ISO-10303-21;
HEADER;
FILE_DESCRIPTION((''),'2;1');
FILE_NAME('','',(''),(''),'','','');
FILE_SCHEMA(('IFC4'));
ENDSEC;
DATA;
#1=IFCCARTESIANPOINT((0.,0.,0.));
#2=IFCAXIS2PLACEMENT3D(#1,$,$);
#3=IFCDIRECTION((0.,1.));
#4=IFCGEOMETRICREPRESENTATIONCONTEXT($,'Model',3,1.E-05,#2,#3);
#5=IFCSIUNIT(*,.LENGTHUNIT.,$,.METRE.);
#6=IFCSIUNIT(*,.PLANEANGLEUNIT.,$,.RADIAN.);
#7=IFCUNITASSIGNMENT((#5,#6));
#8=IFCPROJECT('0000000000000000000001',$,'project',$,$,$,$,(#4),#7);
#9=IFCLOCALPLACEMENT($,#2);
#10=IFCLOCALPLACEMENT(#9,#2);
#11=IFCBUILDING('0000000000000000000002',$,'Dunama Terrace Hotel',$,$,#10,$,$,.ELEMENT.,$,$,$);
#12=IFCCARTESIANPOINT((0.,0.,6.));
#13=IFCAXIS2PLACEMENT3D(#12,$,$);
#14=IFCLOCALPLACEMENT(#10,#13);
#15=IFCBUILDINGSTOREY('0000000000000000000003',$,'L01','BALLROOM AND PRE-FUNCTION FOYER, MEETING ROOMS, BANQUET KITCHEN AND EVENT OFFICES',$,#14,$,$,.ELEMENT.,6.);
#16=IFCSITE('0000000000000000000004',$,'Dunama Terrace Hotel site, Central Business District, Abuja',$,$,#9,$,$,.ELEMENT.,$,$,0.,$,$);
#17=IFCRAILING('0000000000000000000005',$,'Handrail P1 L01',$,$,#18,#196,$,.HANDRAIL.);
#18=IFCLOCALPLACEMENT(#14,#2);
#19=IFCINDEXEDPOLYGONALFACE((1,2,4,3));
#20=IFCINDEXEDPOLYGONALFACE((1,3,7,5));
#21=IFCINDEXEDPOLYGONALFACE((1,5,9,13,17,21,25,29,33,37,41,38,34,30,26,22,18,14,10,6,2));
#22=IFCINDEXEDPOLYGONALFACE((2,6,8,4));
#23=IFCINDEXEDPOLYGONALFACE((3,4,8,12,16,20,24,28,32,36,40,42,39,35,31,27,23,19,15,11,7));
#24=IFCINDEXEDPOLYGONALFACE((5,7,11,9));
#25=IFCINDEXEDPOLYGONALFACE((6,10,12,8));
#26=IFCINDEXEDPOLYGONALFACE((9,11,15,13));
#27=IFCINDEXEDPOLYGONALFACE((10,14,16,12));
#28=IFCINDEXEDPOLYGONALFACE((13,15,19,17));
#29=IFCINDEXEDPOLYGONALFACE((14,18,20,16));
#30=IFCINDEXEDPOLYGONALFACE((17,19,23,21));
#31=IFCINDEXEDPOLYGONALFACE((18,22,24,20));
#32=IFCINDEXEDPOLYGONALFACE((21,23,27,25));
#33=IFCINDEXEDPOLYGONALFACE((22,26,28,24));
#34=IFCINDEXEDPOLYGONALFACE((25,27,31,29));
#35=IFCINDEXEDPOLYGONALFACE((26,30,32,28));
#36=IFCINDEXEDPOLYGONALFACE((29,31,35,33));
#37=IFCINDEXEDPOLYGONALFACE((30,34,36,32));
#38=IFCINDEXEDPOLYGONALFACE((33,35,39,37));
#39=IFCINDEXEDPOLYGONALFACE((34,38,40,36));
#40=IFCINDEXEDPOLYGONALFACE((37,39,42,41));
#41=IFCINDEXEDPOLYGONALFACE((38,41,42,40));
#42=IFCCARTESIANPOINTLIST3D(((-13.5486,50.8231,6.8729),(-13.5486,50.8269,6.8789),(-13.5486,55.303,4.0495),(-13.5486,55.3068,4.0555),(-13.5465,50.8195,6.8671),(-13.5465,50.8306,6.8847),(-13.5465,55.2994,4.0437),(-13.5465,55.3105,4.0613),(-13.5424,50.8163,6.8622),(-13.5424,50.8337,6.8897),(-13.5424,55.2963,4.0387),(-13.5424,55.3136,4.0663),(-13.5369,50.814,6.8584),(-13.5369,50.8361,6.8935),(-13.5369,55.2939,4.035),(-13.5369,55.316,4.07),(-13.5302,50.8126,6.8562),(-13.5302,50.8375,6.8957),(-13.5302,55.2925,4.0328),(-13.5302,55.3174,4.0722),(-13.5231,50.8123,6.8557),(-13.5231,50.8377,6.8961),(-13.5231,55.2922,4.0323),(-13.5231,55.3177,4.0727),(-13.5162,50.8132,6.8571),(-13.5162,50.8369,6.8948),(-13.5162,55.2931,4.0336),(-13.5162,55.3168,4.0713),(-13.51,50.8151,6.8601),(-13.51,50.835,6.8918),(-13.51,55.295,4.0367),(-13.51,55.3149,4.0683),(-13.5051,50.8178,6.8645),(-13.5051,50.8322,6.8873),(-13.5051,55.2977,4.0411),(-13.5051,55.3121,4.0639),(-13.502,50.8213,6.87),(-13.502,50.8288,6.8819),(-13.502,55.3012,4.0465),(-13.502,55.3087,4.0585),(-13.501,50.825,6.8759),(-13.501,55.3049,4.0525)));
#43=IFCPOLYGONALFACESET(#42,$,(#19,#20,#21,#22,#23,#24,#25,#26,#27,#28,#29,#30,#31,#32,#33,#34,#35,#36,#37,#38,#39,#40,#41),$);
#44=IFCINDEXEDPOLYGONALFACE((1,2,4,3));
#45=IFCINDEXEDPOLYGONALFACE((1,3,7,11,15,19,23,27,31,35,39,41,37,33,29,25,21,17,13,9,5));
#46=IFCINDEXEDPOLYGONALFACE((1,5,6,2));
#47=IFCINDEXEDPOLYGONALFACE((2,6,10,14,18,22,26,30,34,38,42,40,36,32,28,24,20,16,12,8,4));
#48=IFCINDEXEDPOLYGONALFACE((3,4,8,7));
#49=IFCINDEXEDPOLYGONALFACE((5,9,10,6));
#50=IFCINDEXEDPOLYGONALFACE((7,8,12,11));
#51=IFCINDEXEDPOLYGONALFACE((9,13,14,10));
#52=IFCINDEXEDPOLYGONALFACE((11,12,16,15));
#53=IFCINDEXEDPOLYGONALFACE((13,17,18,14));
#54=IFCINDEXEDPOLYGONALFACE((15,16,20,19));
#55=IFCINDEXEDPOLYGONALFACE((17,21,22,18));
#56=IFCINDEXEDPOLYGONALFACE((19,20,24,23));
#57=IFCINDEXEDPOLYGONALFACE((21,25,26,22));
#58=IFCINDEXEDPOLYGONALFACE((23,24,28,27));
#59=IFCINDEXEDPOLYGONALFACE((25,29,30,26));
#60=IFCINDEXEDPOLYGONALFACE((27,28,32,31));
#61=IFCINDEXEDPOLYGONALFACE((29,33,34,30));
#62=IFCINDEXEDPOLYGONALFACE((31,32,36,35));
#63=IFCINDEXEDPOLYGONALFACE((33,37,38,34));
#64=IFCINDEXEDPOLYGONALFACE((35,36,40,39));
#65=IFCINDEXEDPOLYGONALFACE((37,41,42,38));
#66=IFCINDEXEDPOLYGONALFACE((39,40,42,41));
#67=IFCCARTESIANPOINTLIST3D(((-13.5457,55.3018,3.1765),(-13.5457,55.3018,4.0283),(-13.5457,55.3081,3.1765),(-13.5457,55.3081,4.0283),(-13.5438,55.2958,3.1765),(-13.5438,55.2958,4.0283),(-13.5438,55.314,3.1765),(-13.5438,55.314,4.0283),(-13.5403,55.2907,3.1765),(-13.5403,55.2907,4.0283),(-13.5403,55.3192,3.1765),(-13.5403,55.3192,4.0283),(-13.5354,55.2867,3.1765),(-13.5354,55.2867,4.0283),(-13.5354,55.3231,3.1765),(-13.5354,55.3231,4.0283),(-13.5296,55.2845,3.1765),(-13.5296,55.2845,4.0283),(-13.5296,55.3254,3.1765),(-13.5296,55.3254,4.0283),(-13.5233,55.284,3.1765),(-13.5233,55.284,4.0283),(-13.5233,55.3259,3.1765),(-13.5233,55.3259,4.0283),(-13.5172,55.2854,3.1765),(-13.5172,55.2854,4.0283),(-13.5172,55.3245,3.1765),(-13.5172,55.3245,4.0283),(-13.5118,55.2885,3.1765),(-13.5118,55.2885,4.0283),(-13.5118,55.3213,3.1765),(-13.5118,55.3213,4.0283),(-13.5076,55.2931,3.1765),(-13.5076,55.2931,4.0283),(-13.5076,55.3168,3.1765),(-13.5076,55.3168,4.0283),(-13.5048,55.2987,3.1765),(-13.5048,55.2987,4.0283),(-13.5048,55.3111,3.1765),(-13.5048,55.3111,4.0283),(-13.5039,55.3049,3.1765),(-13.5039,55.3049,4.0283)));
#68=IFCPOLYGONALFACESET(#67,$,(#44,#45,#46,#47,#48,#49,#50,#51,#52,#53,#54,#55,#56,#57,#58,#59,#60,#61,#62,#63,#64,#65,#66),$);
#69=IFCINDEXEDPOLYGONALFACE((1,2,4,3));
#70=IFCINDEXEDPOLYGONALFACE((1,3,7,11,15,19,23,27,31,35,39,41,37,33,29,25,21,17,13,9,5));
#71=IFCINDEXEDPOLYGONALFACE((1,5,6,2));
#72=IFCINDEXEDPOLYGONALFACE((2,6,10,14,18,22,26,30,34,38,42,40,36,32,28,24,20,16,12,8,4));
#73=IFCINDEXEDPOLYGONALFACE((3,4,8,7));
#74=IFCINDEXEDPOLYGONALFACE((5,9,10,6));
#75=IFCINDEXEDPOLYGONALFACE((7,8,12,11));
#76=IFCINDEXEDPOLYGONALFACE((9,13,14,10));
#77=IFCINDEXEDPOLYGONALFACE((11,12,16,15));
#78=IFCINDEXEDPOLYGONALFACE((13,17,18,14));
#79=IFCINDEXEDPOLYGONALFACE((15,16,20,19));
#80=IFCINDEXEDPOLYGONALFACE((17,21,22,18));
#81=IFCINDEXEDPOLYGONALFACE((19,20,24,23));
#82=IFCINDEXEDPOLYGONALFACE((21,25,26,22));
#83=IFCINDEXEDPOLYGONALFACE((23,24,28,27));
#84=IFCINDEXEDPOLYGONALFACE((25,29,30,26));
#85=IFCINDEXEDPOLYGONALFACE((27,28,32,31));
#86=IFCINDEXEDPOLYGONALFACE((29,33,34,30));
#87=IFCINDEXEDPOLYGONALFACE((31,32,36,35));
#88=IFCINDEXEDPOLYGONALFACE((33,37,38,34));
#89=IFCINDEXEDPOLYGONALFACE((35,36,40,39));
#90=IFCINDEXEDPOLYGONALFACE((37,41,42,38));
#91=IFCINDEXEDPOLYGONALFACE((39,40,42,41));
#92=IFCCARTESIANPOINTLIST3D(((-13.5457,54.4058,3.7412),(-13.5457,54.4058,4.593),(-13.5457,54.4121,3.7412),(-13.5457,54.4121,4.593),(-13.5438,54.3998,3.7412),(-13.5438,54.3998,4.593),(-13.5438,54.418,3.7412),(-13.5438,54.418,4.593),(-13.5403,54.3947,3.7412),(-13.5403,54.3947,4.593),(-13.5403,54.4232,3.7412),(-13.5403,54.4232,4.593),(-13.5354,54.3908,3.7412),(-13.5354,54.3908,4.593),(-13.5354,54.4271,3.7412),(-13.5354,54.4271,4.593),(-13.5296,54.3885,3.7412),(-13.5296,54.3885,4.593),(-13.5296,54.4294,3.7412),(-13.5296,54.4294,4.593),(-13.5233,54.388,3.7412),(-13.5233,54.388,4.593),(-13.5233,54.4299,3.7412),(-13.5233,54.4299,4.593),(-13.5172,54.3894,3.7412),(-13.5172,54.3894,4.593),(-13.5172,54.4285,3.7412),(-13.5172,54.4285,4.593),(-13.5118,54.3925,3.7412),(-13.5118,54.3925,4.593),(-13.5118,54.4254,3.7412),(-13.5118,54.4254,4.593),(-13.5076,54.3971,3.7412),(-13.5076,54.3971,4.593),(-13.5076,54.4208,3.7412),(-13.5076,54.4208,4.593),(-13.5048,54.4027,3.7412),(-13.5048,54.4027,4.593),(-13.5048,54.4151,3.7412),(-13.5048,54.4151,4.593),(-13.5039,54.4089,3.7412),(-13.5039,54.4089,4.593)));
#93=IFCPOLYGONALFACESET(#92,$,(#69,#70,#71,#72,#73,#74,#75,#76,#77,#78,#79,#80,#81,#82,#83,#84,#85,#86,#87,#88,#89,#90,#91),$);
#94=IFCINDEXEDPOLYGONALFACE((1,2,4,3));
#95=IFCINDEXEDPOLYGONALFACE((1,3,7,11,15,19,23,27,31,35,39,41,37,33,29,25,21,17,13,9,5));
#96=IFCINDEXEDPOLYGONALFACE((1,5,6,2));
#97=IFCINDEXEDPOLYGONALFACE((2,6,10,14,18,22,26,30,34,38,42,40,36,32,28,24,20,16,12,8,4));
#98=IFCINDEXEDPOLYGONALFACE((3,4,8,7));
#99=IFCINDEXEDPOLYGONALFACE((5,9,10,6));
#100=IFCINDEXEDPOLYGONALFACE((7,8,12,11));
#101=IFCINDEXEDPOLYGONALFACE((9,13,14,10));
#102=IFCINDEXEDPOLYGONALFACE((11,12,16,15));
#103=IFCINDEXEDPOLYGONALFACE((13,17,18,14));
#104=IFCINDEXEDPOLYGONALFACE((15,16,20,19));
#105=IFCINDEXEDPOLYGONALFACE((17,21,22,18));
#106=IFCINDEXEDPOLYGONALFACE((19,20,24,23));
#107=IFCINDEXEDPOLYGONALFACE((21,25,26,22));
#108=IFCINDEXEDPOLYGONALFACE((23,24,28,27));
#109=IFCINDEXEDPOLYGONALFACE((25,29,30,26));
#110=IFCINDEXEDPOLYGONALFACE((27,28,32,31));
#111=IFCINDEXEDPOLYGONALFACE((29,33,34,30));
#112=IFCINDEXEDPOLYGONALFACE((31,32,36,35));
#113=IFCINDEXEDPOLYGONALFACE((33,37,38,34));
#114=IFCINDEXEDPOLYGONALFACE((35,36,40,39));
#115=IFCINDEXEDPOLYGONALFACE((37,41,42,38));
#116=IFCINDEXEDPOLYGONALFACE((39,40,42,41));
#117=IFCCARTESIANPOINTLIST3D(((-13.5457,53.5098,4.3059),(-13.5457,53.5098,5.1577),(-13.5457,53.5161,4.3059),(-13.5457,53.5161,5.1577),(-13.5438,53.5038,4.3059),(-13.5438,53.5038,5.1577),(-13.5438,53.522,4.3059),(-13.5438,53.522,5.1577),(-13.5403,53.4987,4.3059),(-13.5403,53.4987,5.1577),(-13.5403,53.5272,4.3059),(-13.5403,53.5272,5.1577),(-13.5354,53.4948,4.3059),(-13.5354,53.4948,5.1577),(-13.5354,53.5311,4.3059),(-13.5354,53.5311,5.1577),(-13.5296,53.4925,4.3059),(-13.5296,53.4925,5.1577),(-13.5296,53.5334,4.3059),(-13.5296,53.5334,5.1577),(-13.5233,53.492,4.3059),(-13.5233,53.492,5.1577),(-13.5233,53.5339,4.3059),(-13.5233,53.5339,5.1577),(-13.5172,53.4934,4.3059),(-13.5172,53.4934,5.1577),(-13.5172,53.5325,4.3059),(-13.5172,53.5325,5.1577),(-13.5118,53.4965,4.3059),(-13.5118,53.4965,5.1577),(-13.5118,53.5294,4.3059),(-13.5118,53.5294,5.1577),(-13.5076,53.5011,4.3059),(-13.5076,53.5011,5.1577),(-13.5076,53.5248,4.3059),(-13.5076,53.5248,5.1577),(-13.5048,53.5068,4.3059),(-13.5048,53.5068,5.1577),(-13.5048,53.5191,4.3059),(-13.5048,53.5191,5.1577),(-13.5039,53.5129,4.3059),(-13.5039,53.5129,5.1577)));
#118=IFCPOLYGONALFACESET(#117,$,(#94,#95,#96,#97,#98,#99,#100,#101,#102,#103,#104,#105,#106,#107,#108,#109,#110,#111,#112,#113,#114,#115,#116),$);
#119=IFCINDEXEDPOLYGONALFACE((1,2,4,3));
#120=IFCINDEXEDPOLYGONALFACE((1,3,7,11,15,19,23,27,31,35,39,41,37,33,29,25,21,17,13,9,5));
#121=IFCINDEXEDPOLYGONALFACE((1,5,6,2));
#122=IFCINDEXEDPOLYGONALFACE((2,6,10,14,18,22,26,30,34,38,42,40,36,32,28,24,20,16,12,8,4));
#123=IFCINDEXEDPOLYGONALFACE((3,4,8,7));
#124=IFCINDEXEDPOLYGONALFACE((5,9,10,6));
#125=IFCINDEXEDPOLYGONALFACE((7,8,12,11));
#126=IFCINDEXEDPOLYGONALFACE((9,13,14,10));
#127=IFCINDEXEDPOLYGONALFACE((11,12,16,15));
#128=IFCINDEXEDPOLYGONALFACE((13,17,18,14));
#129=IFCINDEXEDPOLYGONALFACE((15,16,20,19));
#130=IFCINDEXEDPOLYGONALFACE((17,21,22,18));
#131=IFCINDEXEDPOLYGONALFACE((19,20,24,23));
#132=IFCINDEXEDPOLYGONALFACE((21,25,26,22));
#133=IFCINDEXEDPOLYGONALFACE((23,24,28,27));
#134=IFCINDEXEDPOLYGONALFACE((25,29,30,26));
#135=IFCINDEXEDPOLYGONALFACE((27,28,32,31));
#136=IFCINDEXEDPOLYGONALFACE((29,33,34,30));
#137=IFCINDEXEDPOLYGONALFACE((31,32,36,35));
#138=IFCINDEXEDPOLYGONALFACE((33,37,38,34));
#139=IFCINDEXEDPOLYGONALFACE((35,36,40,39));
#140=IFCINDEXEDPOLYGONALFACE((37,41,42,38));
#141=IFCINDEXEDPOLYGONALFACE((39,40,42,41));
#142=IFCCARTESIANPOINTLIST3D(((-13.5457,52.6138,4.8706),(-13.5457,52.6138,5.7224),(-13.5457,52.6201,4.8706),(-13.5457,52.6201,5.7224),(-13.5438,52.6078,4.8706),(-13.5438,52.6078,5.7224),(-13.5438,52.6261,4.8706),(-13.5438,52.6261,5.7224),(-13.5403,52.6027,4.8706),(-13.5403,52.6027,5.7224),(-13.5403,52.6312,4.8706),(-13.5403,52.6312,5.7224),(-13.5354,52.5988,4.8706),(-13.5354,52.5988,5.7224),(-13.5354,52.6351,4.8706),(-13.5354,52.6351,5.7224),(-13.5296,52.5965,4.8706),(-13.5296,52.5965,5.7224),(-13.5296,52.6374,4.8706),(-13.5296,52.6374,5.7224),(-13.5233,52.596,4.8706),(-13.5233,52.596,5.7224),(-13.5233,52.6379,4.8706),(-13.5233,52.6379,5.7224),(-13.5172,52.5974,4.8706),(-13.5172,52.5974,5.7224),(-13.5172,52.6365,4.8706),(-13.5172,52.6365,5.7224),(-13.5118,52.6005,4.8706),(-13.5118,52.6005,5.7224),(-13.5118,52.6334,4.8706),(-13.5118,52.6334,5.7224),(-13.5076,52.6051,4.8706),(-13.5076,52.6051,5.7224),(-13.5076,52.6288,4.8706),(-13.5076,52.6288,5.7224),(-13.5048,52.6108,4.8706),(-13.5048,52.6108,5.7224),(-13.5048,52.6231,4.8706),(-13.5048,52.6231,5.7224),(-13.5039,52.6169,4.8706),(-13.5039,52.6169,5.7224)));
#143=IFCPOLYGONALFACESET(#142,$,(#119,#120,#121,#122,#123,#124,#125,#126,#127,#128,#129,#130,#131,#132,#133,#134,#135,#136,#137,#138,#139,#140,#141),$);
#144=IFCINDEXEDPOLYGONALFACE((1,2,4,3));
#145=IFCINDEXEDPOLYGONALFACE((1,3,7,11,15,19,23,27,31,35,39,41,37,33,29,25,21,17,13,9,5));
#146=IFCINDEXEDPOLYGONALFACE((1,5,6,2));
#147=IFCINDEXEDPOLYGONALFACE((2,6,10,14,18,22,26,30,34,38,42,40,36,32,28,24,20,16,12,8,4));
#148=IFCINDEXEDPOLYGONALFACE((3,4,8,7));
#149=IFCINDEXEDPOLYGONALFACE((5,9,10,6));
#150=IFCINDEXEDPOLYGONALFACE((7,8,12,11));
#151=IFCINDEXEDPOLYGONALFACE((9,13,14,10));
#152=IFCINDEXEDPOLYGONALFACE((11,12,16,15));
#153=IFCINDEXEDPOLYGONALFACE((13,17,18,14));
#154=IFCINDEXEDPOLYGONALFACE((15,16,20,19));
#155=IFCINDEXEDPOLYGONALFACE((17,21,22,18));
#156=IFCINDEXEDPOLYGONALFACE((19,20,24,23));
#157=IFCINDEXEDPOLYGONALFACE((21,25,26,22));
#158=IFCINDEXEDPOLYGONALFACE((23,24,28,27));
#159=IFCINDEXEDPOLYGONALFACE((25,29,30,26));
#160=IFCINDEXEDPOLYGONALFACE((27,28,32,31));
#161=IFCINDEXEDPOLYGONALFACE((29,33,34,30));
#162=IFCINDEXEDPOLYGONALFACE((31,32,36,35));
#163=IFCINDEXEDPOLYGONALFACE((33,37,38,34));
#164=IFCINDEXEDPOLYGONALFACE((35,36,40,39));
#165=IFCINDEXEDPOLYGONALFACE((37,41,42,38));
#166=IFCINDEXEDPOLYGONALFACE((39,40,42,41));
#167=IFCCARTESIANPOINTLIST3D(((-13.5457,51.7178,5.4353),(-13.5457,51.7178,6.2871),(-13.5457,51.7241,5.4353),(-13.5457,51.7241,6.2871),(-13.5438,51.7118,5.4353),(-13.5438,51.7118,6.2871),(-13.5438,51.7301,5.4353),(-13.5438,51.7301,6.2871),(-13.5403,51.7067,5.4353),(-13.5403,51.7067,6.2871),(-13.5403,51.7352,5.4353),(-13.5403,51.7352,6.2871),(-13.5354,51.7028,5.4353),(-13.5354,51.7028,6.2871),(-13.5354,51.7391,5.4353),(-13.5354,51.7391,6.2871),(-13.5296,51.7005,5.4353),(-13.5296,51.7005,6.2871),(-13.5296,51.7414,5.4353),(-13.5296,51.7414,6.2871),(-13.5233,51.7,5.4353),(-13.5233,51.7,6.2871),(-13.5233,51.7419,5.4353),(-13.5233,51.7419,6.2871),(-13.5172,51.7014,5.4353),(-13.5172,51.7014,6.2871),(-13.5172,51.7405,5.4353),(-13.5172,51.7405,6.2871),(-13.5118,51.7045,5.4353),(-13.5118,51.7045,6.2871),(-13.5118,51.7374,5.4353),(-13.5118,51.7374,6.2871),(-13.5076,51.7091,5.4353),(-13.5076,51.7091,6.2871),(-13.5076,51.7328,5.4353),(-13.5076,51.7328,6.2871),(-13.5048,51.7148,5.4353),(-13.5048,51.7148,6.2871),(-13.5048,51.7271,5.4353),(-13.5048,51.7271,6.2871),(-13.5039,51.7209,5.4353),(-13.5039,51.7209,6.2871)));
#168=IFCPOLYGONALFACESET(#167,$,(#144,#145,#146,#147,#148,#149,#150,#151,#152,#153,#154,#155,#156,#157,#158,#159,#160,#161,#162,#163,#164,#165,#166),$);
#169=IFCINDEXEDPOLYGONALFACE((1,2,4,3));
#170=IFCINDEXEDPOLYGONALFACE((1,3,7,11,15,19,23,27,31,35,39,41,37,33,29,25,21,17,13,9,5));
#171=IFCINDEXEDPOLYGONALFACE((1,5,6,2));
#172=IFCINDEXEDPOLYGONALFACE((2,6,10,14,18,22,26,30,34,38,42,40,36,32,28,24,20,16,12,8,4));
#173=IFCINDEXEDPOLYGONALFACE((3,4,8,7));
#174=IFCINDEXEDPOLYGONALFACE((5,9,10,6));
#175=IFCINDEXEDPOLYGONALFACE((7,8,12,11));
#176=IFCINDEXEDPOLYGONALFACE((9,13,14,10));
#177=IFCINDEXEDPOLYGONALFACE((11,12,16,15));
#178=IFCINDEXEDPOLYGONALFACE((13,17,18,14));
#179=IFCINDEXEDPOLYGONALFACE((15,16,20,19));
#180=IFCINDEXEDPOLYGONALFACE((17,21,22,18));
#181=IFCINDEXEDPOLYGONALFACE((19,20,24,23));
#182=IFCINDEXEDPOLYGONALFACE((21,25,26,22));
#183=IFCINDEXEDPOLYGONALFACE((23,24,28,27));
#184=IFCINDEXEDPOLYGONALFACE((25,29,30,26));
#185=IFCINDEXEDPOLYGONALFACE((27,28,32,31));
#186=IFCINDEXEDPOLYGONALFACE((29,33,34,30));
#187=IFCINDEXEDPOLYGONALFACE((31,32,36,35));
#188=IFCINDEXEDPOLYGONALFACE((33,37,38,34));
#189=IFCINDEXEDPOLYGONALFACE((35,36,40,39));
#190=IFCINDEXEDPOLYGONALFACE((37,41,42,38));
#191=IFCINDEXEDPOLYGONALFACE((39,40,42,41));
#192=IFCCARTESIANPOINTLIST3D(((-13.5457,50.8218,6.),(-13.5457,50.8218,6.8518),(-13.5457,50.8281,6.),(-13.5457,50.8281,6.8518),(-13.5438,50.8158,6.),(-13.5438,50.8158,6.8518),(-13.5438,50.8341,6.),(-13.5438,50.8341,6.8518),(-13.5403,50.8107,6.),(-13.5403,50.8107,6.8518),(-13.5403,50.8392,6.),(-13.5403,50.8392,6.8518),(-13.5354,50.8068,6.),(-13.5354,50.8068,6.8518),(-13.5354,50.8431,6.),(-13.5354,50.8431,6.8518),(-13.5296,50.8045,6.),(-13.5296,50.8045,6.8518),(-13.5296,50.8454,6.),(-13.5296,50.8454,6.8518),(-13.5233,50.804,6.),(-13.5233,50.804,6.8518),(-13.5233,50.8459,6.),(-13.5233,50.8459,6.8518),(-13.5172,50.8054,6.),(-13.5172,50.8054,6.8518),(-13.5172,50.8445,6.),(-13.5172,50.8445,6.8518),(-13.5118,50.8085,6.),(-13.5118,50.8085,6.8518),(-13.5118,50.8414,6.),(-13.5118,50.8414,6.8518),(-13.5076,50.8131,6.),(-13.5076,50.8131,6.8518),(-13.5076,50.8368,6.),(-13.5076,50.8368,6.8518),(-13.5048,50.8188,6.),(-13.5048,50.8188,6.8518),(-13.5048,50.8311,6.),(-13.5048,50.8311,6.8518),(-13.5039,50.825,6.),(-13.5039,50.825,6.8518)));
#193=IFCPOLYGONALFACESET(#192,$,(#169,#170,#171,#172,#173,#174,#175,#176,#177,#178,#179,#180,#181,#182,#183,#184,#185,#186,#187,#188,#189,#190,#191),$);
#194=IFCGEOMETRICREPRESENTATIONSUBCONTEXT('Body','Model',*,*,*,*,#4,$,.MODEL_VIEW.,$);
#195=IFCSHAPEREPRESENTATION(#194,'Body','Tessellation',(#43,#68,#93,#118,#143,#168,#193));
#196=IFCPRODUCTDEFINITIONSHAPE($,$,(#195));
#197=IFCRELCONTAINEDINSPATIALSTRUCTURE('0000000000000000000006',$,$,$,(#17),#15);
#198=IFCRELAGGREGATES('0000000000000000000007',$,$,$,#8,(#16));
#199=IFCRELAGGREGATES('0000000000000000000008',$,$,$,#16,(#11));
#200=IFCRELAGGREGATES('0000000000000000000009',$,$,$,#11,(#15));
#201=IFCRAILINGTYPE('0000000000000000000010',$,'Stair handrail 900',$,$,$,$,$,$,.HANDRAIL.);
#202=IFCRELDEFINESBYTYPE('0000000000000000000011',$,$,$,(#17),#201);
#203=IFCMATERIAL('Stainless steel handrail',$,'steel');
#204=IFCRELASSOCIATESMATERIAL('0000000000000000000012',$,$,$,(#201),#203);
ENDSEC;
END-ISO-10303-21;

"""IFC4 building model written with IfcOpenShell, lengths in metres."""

from ifc_helpers import new_model, si_unit, direction, frame, origin, origin_2d, place, context, subcontext, project, spatial, circle, extrude, material, type_object, element, save


model = new_model("IFC4")

# Units and contexts
model_context = context("Model", 3, precision=1e-05, world=origin(), true_north=direction((0.0, 1.0)))
body_context = subcontext(model_context, "Body", "Model", "MODEL_VIEW")
ifc_project = project(units=[si_unit("LENGTHUNIT", "METRE"), si_unit("PLANEANGLEUNIT", "RADIAN")], contexts=[model_context])

# Site, building, storey
site_placement = place(None, origin())
site = spatial("IfcSite", under=ifc_project, at=site_placement, Name="Dunama Terrace Hotel site, Central Business District, Abuja", CompositionType="ELEMENT", RefElevation=0.0)
building_placement = place(site_placement, origin())
building = spatial("IfcBuilding", under=site, at=building_placement, Name="Dunama Terrace Hotel", CompositionType="ELEMENT")
storey_placement = place(building_placement, frame((0.0, 0.0, 6.0)))
storey = spatial("IfcBuildingStorey", under=building, at=storey_placement, Name="L01", Description="BALLROOM AND PRE-FUNCTION FOYER, MEETING ROOMS, BANQUET KITCHEN AND EVENT OFFICES", CompositionType="ELEMENT", Elevation=6.0)

# Railing
ifc_material_1 = material(Name="Stainless steel handrail", Category="steel")
railing_type = type_object("IfcRailingType", Name="Stair handrail 900", PredefinedType="HANDRAIL", material=ifc_material_1)
railing_1_placement = place(storey_placement, frame((-13.5249, 55.3049, 3.1765)))
element("IfcRailing", 1, at=railing_1_placement, inside=storey, type_object=railing_type, Name="Handrail P1 L01", PredefinedType="HANDRAIL", context=body_context, shape_type="SweptSolid", body=[
    extrude(circle(Radius=0.0239, at=origin_2d()), frame((0.0, 0.0, 0.876), z_axis=(0.0, -0.845998, 0.533186), x_axis=(1.0, 0.0, 0.0)), (0.0, 0.0, 1.0), 5.2954),
    extrude(circle(Radius=0.021, at=origin_2d()), origin(), (0.0, 0.0, 1.0), 0.8518),
    extrude(circle(Radius=0.021, at=origin_2d()), frame((0.0, -0.896, 0.5647)), (0.0, 0.0, 1.0), 0.8518),
    extrude(circle(Radius=0.021, at=origin_2d()), frame((0.0, -1.792, 1.1294)), (0.0, 0.0, 1.0), 0.8518),
    extrude(circle(Radius=0.021, at=origin_2d()), frame((0.0, -2.688, 1.6941)), (0.0, 0.0, 1.0), 0.8518),
    extrude(circle(Radius=0.021, at=origin_2d()), frame((0.0, -3.584, 2.2588)), (0.0, 0.0, 1.0), 0.8518),
    extrude(circle(Radius=0.021, at=origin_2d()), frame((0.0, -4.48, 2.8235)), (0.0, 0.0, 1.0), 0.8518),
])

save(model, "model.ifc")
